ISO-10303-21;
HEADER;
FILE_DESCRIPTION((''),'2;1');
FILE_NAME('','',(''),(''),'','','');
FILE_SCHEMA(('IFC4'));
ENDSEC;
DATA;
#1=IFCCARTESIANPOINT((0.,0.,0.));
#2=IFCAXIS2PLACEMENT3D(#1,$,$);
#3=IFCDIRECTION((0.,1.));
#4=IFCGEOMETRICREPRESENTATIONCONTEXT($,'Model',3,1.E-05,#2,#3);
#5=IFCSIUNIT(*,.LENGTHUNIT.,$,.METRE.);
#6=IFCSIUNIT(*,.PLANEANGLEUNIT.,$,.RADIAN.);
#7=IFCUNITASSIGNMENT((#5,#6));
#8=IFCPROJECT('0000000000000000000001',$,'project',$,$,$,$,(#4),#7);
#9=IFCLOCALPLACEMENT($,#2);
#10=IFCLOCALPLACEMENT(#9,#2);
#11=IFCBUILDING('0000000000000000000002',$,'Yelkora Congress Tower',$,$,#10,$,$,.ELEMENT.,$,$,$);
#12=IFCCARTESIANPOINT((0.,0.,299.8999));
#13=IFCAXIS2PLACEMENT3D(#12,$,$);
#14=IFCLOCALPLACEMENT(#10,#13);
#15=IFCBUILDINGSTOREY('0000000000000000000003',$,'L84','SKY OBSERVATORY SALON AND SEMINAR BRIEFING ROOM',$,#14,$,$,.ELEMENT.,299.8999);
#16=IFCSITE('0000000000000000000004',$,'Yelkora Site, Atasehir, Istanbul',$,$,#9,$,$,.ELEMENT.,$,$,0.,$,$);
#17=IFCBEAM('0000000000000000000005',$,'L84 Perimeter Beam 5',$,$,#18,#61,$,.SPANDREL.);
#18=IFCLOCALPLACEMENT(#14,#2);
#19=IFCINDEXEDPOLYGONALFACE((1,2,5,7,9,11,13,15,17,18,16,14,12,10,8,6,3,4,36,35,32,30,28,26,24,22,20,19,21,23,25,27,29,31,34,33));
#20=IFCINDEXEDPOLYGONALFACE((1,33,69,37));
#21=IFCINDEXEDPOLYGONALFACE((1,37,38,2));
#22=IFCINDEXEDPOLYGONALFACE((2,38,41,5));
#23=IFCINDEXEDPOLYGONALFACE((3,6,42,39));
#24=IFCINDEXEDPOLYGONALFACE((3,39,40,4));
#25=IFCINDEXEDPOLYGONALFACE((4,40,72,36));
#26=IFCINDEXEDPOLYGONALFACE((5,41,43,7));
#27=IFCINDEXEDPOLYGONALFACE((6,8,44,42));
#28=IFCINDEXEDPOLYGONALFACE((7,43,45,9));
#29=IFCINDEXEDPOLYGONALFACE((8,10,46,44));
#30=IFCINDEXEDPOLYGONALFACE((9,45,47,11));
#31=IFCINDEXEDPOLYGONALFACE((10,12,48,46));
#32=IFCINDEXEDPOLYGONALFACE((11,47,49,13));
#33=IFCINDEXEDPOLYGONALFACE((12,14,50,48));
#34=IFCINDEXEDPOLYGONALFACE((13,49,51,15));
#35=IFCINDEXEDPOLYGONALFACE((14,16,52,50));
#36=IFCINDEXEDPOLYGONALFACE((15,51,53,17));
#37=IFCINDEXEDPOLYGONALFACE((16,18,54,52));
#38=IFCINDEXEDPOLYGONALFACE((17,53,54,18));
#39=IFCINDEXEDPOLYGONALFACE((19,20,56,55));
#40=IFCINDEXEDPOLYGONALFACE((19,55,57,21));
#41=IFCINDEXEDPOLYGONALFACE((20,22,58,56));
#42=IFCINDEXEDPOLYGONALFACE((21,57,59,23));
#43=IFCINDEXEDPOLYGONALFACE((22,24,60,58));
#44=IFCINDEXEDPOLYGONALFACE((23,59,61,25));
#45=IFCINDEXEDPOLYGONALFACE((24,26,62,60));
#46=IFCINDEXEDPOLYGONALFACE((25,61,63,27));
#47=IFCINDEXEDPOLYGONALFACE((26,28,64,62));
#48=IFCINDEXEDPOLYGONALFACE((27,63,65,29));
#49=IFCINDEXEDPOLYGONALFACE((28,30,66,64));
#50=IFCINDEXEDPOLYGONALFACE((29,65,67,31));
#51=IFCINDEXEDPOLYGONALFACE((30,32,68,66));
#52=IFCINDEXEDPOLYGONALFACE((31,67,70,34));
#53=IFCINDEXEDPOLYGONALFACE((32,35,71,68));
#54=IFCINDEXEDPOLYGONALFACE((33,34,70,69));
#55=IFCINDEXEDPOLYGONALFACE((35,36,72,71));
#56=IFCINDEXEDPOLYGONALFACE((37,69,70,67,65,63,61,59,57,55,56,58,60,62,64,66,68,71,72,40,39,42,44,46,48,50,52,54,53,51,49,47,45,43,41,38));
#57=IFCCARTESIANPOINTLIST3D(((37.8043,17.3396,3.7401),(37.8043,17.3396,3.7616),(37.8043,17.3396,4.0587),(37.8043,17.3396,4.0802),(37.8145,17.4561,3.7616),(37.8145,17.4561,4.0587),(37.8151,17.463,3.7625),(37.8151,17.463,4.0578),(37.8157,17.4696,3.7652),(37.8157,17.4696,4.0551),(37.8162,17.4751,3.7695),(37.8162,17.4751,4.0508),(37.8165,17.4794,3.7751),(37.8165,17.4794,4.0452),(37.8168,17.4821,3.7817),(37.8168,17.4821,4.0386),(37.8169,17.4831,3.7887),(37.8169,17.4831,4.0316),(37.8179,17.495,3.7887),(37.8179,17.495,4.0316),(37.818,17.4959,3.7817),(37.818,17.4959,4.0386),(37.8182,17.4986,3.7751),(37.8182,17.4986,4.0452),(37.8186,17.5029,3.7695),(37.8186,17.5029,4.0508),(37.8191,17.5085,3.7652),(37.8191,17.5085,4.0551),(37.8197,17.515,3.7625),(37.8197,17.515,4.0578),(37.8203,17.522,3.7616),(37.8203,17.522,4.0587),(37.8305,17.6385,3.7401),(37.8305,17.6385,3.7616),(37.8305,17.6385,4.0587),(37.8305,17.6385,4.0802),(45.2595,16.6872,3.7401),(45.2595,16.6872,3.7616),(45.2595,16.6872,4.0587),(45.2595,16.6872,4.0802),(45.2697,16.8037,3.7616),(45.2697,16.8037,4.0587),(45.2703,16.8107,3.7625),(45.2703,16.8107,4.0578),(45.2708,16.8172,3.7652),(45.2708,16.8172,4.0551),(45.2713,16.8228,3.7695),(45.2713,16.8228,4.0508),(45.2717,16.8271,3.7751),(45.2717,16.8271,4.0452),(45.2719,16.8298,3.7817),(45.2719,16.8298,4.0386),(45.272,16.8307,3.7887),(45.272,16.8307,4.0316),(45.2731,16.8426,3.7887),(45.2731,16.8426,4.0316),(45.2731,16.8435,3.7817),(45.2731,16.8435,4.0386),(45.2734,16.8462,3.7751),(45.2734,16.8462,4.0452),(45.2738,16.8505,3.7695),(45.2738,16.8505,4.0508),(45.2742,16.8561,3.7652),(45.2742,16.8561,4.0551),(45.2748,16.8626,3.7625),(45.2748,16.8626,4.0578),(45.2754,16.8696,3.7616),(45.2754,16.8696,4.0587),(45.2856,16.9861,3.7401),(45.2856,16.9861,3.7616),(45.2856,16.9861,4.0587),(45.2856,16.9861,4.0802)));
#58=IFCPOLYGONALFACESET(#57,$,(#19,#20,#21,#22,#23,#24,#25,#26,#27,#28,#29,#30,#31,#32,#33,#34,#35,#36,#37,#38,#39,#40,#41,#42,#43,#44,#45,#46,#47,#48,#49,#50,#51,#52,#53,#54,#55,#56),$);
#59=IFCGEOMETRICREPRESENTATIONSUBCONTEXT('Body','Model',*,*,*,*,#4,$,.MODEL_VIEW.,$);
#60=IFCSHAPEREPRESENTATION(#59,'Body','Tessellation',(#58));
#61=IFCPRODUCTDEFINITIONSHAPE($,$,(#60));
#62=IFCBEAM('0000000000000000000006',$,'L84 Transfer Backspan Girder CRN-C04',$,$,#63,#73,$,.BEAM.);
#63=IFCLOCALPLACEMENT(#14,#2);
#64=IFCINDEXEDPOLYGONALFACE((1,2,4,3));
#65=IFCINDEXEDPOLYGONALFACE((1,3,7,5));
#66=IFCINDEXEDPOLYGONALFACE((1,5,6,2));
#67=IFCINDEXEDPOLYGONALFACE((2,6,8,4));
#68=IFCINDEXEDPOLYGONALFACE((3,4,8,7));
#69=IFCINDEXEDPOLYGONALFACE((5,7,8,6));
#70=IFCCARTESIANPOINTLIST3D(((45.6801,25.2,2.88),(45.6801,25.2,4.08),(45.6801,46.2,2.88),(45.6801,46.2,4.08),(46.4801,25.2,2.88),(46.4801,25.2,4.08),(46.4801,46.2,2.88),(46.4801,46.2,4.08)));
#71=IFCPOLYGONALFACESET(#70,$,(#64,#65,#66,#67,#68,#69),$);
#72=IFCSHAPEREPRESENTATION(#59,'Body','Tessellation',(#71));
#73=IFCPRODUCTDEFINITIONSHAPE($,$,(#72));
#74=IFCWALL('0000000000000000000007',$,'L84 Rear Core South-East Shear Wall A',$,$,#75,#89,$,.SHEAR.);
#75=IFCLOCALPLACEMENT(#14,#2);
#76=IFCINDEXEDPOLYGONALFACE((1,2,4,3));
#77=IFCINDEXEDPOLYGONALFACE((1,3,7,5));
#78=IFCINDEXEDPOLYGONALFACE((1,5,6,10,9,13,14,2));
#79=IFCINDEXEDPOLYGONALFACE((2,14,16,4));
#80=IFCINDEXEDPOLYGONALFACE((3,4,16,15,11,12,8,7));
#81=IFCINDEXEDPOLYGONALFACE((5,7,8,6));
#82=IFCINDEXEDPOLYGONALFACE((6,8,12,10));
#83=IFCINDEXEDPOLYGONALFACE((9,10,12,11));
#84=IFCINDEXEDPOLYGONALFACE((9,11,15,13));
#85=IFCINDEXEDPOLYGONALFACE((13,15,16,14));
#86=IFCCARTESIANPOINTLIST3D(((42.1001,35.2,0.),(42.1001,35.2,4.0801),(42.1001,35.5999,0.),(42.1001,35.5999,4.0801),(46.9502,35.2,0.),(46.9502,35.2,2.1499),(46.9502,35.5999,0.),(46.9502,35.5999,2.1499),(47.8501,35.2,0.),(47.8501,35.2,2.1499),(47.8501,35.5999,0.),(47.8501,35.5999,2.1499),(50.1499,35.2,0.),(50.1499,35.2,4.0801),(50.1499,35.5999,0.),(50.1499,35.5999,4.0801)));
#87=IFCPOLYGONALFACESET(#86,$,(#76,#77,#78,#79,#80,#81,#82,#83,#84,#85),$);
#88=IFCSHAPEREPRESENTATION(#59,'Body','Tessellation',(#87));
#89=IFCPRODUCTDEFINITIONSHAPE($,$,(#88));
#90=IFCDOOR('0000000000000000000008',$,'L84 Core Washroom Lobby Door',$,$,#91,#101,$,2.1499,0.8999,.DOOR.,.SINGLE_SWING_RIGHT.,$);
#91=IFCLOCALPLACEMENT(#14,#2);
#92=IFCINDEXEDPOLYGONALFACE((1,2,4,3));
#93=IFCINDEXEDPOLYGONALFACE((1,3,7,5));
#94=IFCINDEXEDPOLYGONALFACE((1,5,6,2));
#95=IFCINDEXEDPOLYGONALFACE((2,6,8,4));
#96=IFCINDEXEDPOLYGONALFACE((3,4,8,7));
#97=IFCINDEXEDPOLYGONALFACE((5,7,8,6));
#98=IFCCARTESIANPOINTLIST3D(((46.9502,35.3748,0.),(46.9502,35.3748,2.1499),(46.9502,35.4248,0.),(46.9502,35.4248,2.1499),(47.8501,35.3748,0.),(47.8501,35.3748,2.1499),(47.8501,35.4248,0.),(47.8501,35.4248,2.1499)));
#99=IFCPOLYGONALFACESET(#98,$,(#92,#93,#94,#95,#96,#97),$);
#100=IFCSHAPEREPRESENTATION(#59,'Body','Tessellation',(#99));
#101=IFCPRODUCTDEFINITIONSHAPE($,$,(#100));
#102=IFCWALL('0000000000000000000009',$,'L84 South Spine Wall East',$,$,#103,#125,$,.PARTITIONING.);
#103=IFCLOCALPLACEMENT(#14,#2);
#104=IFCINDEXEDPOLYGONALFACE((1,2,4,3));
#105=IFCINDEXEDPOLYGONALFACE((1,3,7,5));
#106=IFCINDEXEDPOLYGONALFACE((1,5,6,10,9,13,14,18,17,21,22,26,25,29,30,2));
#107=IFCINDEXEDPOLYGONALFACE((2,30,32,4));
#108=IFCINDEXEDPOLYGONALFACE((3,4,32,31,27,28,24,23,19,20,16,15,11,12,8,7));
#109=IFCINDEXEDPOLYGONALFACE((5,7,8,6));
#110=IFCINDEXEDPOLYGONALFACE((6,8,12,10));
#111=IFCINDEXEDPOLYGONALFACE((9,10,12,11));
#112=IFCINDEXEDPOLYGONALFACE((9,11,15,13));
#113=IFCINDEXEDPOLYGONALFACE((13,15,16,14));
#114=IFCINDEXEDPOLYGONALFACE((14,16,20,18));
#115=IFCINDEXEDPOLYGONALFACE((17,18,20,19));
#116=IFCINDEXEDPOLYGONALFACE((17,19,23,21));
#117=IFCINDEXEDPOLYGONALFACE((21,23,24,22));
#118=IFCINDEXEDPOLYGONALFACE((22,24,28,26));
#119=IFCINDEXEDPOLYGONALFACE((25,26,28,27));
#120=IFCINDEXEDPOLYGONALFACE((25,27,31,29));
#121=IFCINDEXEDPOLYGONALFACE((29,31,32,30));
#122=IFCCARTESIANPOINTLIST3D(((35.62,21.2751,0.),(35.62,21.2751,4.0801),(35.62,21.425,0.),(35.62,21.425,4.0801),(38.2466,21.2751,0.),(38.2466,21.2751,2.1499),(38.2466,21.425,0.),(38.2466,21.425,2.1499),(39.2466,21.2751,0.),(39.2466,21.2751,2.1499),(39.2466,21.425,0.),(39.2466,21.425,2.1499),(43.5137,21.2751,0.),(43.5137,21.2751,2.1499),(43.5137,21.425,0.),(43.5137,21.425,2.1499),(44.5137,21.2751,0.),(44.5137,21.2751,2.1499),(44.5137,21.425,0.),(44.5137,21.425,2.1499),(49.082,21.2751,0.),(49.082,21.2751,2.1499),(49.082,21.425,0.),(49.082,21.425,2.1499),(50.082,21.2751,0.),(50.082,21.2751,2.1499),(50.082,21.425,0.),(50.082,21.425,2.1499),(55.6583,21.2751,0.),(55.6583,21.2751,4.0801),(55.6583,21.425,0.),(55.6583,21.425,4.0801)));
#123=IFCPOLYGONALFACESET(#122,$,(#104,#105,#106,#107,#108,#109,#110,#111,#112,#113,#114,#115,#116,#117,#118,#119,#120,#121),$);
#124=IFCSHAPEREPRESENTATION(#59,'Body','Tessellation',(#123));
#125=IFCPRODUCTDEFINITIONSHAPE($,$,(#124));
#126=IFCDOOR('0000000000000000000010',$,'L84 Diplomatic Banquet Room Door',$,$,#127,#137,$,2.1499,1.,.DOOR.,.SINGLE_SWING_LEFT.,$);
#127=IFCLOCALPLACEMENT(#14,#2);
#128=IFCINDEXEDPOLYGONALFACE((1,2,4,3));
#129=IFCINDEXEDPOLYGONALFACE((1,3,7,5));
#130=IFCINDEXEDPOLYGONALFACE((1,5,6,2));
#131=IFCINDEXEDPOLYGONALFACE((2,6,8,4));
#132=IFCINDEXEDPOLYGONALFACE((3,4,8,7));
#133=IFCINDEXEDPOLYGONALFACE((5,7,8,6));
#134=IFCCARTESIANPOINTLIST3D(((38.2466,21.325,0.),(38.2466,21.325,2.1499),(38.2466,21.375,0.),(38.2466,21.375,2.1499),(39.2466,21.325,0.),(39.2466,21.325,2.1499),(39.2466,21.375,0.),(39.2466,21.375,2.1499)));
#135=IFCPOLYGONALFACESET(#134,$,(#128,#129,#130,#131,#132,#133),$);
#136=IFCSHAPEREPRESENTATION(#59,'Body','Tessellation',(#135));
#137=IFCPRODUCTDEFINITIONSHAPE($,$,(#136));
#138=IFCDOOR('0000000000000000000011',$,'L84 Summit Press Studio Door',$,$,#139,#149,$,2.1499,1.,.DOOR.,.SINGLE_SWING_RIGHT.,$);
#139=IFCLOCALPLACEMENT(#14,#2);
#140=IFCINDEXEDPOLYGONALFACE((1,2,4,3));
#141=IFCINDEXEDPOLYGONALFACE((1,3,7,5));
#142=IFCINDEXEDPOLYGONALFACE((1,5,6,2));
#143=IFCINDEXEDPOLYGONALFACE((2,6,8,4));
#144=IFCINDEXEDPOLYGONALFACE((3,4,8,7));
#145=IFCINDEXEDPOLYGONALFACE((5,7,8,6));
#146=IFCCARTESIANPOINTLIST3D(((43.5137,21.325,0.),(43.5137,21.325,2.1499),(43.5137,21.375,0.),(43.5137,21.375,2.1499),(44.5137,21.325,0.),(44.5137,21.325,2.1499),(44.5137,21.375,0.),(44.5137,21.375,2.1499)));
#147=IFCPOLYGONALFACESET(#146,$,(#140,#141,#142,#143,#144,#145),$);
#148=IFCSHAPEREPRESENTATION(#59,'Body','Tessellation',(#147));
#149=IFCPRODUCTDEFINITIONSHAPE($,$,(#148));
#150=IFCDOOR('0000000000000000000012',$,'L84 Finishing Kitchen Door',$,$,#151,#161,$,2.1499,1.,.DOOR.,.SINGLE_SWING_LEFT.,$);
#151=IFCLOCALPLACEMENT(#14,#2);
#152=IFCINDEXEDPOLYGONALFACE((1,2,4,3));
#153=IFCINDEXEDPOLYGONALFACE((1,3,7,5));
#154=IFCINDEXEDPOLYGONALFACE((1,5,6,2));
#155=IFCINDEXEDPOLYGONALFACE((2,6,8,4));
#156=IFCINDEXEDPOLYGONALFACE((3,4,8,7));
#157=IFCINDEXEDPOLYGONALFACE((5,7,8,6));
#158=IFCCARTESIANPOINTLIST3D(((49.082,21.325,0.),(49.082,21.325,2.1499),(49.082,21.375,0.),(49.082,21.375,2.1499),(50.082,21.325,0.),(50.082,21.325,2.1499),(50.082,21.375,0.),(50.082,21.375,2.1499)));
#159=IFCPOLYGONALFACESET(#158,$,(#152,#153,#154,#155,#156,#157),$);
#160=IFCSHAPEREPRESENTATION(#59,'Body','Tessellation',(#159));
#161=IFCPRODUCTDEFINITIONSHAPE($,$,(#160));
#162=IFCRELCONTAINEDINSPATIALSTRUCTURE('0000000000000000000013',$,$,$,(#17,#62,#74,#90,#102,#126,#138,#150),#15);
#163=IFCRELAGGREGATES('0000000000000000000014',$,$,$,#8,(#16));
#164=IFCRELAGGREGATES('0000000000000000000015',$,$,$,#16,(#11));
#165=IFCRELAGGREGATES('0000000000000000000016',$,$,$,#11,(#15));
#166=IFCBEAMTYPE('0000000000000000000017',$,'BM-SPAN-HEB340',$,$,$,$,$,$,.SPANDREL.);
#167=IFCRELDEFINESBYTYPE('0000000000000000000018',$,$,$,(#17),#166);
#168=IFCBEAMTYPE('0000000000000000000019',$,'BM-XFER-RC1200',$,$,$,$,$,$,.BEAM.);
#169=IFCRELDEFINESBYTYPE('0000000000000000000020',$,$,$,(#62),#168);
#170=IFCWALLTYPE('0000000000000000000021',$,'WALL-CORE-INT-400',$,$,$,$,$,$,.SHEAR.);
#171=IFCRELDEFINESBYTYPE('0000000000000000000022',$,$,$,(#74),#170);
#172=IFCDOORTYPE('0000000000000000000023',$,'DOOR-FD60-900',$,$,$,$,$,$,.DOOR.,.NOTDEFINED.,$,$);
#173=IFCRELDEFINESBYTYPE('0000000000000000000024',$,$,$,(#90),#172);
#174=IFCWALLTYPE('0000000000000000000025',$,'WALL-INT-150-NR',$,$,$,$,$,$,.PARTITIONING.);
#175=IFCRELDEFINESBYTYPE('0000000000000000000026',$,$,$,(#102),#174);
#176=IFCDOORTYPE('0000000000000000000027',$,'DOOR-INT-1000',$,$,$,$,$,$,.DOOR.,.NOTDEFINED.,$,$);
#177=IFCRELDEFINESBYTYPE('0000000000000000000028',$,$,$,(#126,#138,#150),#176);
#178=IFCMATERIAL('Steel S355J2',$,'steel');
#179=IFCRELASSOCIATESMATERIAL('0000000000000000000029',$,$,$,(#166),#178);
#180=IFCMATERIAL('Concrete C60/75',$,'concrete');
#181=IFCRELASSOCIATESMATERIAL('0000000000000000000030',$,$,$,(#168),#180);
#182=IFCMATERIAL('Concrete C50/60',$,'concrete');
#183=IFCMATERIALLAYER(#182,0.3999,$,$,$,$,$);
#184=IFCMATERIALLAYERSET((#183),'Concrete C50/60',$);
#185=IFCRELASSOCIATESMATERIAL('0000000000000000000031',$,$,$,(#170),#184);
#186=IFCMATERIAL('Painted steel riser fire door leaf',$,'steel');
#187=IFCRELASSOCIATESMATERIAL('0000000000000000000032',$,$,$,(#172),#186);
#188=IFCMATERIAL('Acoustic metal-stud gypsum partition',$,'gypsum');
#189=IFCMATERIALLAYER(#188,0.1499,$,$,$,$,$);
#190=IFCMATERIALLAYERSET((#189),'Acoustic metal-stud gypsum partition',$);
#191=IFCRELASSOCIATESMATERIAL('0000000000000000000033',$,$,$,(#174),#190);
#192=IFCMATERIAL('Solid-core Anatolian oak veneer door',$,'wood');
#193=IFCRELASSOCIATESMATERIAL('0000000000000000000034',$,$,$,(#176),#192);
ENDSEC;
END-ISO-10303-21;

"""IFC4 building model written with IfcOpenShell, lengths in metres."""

from ifc_helpers import new_model, si_unit, direction, frame, frame_2d, origin, origin_2d, place, context, subcontext, project, spatial, rectangle, i_section, extrude, material, layer, layer_set, material_profile, profile_set, type_object, element, fill, save


model = new_model("IFC4")

# Units and contexts
model_context = context("Model", 3, precision=1e-05, world=origin(), true_north=direction((0.0, 1.0)))
body_context = subcontext(model_context, "Body", "Model", "MODEL_VIEW")
ifc_project = project(units=[si_unit("LENGTHUNIT", "METRE"), si_unit("PLANEANGLEUNIT", "RADIAN")], contexts=[model_context])

# Site, building, storey
site_placement = place(None, origin())
site = spatial("IfcSite", under=ifc_project, at=site_placement, Name="Yelkora Site, Atasehir, Istanbul", CompositionType="ELEMENT", RefElevation=0.0)
building_placement = place(site_placement, origin())
building = spatial("IfcBuilding", under=site, at=building_placement, Name="Yelkora Congress Tower", CompositionType="ELEMENT")
storey_placement = place(building_placement, frame((0.0, 0.0, 299.8999)))
storey = spatial("IfcBuildingStorey", under=building, at=storey_placement, Name="L84", Description="SKY OBSERVATORY SALON AND SEMINAR BRIEFING ROOM", CompositionType="ELEMENT", Elevation=299.8999)

# Beams
ifc_material_1 = material(Name="Steel S355J2", Category="steel")
ifc_material_profile_1 = material_profile(ifc_material_1, i_section(OverallWidth=0.3, OverallDepth=0.3401, WebThickness=0.012, FlangeThickness=0.0215, FilletRadius=0.0271, at=origin_2d()), Name="HEB 340")
ifc_profile_set_1 = profile_set([ifc_material_profile_1], Name="Steel S355J2")
beam_type_1 = type_object("IfcBeamType", Name="BM-SPAN-HEB340", PredefinedType="SPANDREL", material=ifc_profile_set_1)
beam_1_placement = place(storey_placement, frame((37.8174, 17.489, 3.9102), z_axis=(0.996193, -0.08717, 0.0), x_axis=(0.08717, 0.996193, 0.0)))
element("IfcBeam", 1, at=beam_1_placement, inside=storey, type_object=beam_type_1, Name="L84 Perimeter Beam 5", PredefinedType="SPANDREL", context=body_context, shape_type="SweptSolid", body=[
    extrude(i_section(OverallWidth=0.3, OverallDepth=0.3401, WebThickness=0.012, FlangeThickness=0.0215, FilletRadius=0.0271, at=origin_2d()), origin(), (0.0, 0.0, 1.0), 7.4836),
])
ifc_material_2 = material(Name="Concrete C60/75", Category="concrete")
ifc_material_profile_2 = material_profile(ifc_material_2, rectangle(XDim=0.8, YDim=1.2, at=origin_2d()), Name="RC 800x1200")
ifc_profile_set_2 = profile_set([ifc_material_profile_2], Name="Concrete C60/75")
beam_type_2 = type_object("IfcBeamType", Name="BM-XFER-RC1200", PredefinedType="BEAM", material=ifc_profile_set_2)
beam_2_placement = place(storey_placement, frame((46.0801, 25.2, 3.48), z_axis=(0.0, 1.0, 0.0), x_axis=(-1.0, 0.0, 0.0)))
element("IfcBeam", 2, at=beam_2_placement, inside=storey, type_object=beam_type_2, Name="L84 Transfer Backspan Girder CRN-C04", PredefinedType="BEAM", context=body_context, shape_type="SweptSolid", body=[
    extrude(rectangle(XDim=0.8, YDim=1.2, at=origin_2d()), origin(), (0.0, 0.0, 1.0), 21.0),
])

# Wall, opening, door
ifc_material_3 = material(Name="Concrete C50/60", Category="concrete")
ifc_layer_1 = layer(ifc_material_3, 0.3999)
ifc_layer_set_1 = layer_set([ifc_layer_1], Name="Concrete C50/60")
wall_type_1 = type_object("IfcWallType", Name="WALL-CORE-INT-400", PredefinedType="SHEAR", material=ifc_layer_set_1)
wall_1_placement = place(storey_placement, frame((42.1001, 35.3999, 0.0), z_axis=(0.0, 0.0, 1.0), x_axis=(1.0, 0.0, 0.0)))
wall_1 = element("IfcWall", 3, at=wall_1_placement, inside=storey, type_object=wall_type_1, Name="L84 Rear Core South-East Shear Wall A", PredefinedType="SHEAR", context=body_context, shape_type="SweptSolid", body=[
    extrude(rectangle(XDim=8.0498, YDim=0.3999, at=frame_2d((4.0249, 0.0))), origin(), (0.0, 0.0, 1.0), 4.0801),
])
opening_1_placement = place(wall_1_placement, frame((4.8501, 0.0, 0.0)))
opening_1 = element("IfcOpeningElement", 4, at=opening_1_placement, cuts=wall_1, PredefinedType="OPENING", context=body_context, shape_type="SweptSolid", body=[
    extrude(rectangle(XDim=0.8999, YDim=2.1499, at=frame_2d((0.45, 1.075))), frame((0.0, 0.21, 0.0), z_axis=(0.0, -1.0, 0.0), x_axis=(1.0, 0.0, 0.0)), (0.0, 0.0, 1.0), 0.4199),
])
ifc_material_4 = material(Name="Painted steel riser fire door leaf", Category="steel")
door_type_1 = type_object("IfcDoorType", Name="DOOR-FD60-900", OperationType="NOTDEFINED", PredefinedType="DOOR", material=ifc_material_4)
door_1_placement = place(opening_1_placement, origin())
door_1 = element("IfcDoor", 5, at=door_1_placement, inside=storey, type_object=door_type_1, Name="L84 Core Washroom Lobby Door", OperationType="SINGLE_SWING_RIGHT", OverallHeight=2.1499, OverallWidth=0.8999, PredefinedType="DOOR", context=body_context, shape_type="SweptSolid", body=[
    extrude(rectangle(XDim=0.8999, YDim=2.1499, at=frame_2d((0.45, 1.075))), frame((0.0, 0.0249, 0.0), z_axis=(0.0, -1.0, 0.0), x_axis=(1.0, 0.0, 0.0)), (0.0, 0.0, 1.0), 0.05),
])
fill(opening_1, door_1)

# Wall, openings, doors
ifc_material_5 = material(Name="Acoustic metal-stud gypsum partition", Category="gypsum")
ifc_layer_2 = layer(ifc_material_5, 0.1499)
ifc_layer_set_2 = layer_set([ifc_layer_2], Name="Acoustic metal-stud gypsum partition")
wall_type_2 = type_object("IfcWallType", Name="WALL-INT-150-NR", PredefinedType="PARTITIONING", material=ifc_layer_set_2)
wall_2_placement = place(storey_placement, frame((35.6201, 21.3501, 0.0), z_axis=(0.0, 0.0, 1.0), x_axis=(1.0, 0.0, 0.0)))
wall_2 = element("IfcWall", 6, at=wall_2_placement, inside=storey, type_object=wall_type_2, Name="L84 South Spine Wall East", PredefinedType="PARTITIONING", context=body_context, shape_type="SweptSolid", body=[
    extrude(rectangle(XDim=20.0383, YDim=0.1499, at=frame_2d((10.019, 0.0))), origin(), (0.0, 0.0, 1.0), 4.0801),
])
opening_2_placement = place(wall_2_placement, frame((2.6265, 0.0, 0.0)))
opening_2 = element("IfcOpeningElement", 7, at=opening_2_placement, cuts=wall_2, PredefinedType="OPENING", context=body_context, shape_type="SweptSolid", body=[
    extrude(rectangle(XDim=1.0, YDim=2.1499, at=frame_2d((0.5, 1.075))), frame((0.0, 0.085, 0.0), z_axis=(0.0, -1.0, 0.0), x_axis=(1.0, 0.0, 0.0)), (0.0, 0.0, 1.0), 0.1699),
])
opening_3_placement = place(wall_2_placement, frame((7.8936, 0.0, 0.0)))
opening_3 = element("IfcOpeningElement", 8, at=opening_3_placement, cuts=wall_2, PredefinedType="OPENING", context=body_context, shape_type="SweptSolid", body=[
    extrude(rectangle(XDim=1.0, YDim=2.1499, at=frame_2d((0.5, 1.075))), frame((0.0, 0.085, 0.0), z_axis=(0.0, -1.0, 0.0), x_axis=(1.0, 0.0, 0.0)), (0.0, 0.0, 1.0), 0.1699),
])
opening_4_placement = place(wall_2_placement, frame((13.4619, 0.0, 0.0)))
opening_4 = element("IfcOpeningElement", 9, at=opening_4_placement, cuts=wall_2, PredefinedType="OPENING", context=body_context, shape_type="SweptSolid", body=[
    extrude(rectangle(XDim=1.0, YDim=2.1499, at=frame_2d((0.5, 1.075))), frame((0.0, 0.085, 0.0), z_axis=(0.0, -1.0, 0.0), x_axis=(1.0, 0.0, 0.0)), (0.0, 0.0, 1.0), 0.1699),
])
ifc_material_6 = material(Name="Solid-core Anatolian oak veneer door", Category="wood")
door_type_2 = type_object("IfcDoorType", Name="DOOR-INT-1000", OperationType="NOTDEFINED", PredefinedType="DOOR", material=ifc_material_6)
door_2_placement = place(opening_2_placement, origin())
door_2 = element("IfcDoor", 10, at=door_2_placement, inside=storey, type_object=door_type_2, Name="L84 Diplomatic Banquet Room Door", OperationType="SINGLE_SWING_LEFT", OverallHeight=2.1499, OverallWidth=1.0, PredefinedType="DOOR", context=body_context, shape_type="SweptSolid", body=[
    extrude(rectangle(XDim=1.0, YDim=2.1499, at=frame_2d((0.5, 1.075))), frame((0.0, 0.0249, 0.0), z_axis=(0.0, -1.0, 0.0), x_axis=(1.0, 0.0, 0.0)), (0.0, 0.0, 1.0), 0.05),
])
fill(opening_2, door_2)
door_3_placement = place(opening_3_placement, origin())
door_3 = element("IfcDoor", 11, at=door_3_placement, inside=storey, type_object=door_type_2, Name="L84 Summit Press Studio Door", OperationType="SINGLE_SWING_RIGHT", OverallHeight=2.1499, OverallWidth=1.0, PredefinedType="DOOR", context=body_context, shape_type="SweptSolid", body=[
    extrude(rectangle(XDim=1.0, YDim=2.1499, at=frame_2d((0.5, 1.075))), frame((0.0, 0.0249, 0.0), z_axis=(0.0, -1.0, 0.0), x_axis=(1.0, 0.0, 0.0)), (0.0, 0.0, 1.0), 0.05),
])
fill(opening_3, door_3)
door_4_placement = place(opening_4_placement, origin())
door_4 = element("IfcDoor", 12, at=door_4_placement, inside=storey, type_object=door_type_2, Name="L84 Finishing Kitchen Door", OperationType="SINGLE_SWING_LEFT", OverallHeight=2.1499, OverallWidth=1.0, PredefinedType="DOOR", context=body_context, shape_type="SweptSolid", body=[
    extrude(rectangle(XDim=1.0, YDim=2.1499, at=frame_2d((0.5, 1.075))), frame((0.0, 0.0249, 0.0), z_axis=(0.0, -1.0, 0.0), x_axis=(1.0, 0.0, 0.0)), (0.0, 0.0, 1.0), 0.05),
])
fill(opening_4, door_4)

save(model, "model.ifc")
